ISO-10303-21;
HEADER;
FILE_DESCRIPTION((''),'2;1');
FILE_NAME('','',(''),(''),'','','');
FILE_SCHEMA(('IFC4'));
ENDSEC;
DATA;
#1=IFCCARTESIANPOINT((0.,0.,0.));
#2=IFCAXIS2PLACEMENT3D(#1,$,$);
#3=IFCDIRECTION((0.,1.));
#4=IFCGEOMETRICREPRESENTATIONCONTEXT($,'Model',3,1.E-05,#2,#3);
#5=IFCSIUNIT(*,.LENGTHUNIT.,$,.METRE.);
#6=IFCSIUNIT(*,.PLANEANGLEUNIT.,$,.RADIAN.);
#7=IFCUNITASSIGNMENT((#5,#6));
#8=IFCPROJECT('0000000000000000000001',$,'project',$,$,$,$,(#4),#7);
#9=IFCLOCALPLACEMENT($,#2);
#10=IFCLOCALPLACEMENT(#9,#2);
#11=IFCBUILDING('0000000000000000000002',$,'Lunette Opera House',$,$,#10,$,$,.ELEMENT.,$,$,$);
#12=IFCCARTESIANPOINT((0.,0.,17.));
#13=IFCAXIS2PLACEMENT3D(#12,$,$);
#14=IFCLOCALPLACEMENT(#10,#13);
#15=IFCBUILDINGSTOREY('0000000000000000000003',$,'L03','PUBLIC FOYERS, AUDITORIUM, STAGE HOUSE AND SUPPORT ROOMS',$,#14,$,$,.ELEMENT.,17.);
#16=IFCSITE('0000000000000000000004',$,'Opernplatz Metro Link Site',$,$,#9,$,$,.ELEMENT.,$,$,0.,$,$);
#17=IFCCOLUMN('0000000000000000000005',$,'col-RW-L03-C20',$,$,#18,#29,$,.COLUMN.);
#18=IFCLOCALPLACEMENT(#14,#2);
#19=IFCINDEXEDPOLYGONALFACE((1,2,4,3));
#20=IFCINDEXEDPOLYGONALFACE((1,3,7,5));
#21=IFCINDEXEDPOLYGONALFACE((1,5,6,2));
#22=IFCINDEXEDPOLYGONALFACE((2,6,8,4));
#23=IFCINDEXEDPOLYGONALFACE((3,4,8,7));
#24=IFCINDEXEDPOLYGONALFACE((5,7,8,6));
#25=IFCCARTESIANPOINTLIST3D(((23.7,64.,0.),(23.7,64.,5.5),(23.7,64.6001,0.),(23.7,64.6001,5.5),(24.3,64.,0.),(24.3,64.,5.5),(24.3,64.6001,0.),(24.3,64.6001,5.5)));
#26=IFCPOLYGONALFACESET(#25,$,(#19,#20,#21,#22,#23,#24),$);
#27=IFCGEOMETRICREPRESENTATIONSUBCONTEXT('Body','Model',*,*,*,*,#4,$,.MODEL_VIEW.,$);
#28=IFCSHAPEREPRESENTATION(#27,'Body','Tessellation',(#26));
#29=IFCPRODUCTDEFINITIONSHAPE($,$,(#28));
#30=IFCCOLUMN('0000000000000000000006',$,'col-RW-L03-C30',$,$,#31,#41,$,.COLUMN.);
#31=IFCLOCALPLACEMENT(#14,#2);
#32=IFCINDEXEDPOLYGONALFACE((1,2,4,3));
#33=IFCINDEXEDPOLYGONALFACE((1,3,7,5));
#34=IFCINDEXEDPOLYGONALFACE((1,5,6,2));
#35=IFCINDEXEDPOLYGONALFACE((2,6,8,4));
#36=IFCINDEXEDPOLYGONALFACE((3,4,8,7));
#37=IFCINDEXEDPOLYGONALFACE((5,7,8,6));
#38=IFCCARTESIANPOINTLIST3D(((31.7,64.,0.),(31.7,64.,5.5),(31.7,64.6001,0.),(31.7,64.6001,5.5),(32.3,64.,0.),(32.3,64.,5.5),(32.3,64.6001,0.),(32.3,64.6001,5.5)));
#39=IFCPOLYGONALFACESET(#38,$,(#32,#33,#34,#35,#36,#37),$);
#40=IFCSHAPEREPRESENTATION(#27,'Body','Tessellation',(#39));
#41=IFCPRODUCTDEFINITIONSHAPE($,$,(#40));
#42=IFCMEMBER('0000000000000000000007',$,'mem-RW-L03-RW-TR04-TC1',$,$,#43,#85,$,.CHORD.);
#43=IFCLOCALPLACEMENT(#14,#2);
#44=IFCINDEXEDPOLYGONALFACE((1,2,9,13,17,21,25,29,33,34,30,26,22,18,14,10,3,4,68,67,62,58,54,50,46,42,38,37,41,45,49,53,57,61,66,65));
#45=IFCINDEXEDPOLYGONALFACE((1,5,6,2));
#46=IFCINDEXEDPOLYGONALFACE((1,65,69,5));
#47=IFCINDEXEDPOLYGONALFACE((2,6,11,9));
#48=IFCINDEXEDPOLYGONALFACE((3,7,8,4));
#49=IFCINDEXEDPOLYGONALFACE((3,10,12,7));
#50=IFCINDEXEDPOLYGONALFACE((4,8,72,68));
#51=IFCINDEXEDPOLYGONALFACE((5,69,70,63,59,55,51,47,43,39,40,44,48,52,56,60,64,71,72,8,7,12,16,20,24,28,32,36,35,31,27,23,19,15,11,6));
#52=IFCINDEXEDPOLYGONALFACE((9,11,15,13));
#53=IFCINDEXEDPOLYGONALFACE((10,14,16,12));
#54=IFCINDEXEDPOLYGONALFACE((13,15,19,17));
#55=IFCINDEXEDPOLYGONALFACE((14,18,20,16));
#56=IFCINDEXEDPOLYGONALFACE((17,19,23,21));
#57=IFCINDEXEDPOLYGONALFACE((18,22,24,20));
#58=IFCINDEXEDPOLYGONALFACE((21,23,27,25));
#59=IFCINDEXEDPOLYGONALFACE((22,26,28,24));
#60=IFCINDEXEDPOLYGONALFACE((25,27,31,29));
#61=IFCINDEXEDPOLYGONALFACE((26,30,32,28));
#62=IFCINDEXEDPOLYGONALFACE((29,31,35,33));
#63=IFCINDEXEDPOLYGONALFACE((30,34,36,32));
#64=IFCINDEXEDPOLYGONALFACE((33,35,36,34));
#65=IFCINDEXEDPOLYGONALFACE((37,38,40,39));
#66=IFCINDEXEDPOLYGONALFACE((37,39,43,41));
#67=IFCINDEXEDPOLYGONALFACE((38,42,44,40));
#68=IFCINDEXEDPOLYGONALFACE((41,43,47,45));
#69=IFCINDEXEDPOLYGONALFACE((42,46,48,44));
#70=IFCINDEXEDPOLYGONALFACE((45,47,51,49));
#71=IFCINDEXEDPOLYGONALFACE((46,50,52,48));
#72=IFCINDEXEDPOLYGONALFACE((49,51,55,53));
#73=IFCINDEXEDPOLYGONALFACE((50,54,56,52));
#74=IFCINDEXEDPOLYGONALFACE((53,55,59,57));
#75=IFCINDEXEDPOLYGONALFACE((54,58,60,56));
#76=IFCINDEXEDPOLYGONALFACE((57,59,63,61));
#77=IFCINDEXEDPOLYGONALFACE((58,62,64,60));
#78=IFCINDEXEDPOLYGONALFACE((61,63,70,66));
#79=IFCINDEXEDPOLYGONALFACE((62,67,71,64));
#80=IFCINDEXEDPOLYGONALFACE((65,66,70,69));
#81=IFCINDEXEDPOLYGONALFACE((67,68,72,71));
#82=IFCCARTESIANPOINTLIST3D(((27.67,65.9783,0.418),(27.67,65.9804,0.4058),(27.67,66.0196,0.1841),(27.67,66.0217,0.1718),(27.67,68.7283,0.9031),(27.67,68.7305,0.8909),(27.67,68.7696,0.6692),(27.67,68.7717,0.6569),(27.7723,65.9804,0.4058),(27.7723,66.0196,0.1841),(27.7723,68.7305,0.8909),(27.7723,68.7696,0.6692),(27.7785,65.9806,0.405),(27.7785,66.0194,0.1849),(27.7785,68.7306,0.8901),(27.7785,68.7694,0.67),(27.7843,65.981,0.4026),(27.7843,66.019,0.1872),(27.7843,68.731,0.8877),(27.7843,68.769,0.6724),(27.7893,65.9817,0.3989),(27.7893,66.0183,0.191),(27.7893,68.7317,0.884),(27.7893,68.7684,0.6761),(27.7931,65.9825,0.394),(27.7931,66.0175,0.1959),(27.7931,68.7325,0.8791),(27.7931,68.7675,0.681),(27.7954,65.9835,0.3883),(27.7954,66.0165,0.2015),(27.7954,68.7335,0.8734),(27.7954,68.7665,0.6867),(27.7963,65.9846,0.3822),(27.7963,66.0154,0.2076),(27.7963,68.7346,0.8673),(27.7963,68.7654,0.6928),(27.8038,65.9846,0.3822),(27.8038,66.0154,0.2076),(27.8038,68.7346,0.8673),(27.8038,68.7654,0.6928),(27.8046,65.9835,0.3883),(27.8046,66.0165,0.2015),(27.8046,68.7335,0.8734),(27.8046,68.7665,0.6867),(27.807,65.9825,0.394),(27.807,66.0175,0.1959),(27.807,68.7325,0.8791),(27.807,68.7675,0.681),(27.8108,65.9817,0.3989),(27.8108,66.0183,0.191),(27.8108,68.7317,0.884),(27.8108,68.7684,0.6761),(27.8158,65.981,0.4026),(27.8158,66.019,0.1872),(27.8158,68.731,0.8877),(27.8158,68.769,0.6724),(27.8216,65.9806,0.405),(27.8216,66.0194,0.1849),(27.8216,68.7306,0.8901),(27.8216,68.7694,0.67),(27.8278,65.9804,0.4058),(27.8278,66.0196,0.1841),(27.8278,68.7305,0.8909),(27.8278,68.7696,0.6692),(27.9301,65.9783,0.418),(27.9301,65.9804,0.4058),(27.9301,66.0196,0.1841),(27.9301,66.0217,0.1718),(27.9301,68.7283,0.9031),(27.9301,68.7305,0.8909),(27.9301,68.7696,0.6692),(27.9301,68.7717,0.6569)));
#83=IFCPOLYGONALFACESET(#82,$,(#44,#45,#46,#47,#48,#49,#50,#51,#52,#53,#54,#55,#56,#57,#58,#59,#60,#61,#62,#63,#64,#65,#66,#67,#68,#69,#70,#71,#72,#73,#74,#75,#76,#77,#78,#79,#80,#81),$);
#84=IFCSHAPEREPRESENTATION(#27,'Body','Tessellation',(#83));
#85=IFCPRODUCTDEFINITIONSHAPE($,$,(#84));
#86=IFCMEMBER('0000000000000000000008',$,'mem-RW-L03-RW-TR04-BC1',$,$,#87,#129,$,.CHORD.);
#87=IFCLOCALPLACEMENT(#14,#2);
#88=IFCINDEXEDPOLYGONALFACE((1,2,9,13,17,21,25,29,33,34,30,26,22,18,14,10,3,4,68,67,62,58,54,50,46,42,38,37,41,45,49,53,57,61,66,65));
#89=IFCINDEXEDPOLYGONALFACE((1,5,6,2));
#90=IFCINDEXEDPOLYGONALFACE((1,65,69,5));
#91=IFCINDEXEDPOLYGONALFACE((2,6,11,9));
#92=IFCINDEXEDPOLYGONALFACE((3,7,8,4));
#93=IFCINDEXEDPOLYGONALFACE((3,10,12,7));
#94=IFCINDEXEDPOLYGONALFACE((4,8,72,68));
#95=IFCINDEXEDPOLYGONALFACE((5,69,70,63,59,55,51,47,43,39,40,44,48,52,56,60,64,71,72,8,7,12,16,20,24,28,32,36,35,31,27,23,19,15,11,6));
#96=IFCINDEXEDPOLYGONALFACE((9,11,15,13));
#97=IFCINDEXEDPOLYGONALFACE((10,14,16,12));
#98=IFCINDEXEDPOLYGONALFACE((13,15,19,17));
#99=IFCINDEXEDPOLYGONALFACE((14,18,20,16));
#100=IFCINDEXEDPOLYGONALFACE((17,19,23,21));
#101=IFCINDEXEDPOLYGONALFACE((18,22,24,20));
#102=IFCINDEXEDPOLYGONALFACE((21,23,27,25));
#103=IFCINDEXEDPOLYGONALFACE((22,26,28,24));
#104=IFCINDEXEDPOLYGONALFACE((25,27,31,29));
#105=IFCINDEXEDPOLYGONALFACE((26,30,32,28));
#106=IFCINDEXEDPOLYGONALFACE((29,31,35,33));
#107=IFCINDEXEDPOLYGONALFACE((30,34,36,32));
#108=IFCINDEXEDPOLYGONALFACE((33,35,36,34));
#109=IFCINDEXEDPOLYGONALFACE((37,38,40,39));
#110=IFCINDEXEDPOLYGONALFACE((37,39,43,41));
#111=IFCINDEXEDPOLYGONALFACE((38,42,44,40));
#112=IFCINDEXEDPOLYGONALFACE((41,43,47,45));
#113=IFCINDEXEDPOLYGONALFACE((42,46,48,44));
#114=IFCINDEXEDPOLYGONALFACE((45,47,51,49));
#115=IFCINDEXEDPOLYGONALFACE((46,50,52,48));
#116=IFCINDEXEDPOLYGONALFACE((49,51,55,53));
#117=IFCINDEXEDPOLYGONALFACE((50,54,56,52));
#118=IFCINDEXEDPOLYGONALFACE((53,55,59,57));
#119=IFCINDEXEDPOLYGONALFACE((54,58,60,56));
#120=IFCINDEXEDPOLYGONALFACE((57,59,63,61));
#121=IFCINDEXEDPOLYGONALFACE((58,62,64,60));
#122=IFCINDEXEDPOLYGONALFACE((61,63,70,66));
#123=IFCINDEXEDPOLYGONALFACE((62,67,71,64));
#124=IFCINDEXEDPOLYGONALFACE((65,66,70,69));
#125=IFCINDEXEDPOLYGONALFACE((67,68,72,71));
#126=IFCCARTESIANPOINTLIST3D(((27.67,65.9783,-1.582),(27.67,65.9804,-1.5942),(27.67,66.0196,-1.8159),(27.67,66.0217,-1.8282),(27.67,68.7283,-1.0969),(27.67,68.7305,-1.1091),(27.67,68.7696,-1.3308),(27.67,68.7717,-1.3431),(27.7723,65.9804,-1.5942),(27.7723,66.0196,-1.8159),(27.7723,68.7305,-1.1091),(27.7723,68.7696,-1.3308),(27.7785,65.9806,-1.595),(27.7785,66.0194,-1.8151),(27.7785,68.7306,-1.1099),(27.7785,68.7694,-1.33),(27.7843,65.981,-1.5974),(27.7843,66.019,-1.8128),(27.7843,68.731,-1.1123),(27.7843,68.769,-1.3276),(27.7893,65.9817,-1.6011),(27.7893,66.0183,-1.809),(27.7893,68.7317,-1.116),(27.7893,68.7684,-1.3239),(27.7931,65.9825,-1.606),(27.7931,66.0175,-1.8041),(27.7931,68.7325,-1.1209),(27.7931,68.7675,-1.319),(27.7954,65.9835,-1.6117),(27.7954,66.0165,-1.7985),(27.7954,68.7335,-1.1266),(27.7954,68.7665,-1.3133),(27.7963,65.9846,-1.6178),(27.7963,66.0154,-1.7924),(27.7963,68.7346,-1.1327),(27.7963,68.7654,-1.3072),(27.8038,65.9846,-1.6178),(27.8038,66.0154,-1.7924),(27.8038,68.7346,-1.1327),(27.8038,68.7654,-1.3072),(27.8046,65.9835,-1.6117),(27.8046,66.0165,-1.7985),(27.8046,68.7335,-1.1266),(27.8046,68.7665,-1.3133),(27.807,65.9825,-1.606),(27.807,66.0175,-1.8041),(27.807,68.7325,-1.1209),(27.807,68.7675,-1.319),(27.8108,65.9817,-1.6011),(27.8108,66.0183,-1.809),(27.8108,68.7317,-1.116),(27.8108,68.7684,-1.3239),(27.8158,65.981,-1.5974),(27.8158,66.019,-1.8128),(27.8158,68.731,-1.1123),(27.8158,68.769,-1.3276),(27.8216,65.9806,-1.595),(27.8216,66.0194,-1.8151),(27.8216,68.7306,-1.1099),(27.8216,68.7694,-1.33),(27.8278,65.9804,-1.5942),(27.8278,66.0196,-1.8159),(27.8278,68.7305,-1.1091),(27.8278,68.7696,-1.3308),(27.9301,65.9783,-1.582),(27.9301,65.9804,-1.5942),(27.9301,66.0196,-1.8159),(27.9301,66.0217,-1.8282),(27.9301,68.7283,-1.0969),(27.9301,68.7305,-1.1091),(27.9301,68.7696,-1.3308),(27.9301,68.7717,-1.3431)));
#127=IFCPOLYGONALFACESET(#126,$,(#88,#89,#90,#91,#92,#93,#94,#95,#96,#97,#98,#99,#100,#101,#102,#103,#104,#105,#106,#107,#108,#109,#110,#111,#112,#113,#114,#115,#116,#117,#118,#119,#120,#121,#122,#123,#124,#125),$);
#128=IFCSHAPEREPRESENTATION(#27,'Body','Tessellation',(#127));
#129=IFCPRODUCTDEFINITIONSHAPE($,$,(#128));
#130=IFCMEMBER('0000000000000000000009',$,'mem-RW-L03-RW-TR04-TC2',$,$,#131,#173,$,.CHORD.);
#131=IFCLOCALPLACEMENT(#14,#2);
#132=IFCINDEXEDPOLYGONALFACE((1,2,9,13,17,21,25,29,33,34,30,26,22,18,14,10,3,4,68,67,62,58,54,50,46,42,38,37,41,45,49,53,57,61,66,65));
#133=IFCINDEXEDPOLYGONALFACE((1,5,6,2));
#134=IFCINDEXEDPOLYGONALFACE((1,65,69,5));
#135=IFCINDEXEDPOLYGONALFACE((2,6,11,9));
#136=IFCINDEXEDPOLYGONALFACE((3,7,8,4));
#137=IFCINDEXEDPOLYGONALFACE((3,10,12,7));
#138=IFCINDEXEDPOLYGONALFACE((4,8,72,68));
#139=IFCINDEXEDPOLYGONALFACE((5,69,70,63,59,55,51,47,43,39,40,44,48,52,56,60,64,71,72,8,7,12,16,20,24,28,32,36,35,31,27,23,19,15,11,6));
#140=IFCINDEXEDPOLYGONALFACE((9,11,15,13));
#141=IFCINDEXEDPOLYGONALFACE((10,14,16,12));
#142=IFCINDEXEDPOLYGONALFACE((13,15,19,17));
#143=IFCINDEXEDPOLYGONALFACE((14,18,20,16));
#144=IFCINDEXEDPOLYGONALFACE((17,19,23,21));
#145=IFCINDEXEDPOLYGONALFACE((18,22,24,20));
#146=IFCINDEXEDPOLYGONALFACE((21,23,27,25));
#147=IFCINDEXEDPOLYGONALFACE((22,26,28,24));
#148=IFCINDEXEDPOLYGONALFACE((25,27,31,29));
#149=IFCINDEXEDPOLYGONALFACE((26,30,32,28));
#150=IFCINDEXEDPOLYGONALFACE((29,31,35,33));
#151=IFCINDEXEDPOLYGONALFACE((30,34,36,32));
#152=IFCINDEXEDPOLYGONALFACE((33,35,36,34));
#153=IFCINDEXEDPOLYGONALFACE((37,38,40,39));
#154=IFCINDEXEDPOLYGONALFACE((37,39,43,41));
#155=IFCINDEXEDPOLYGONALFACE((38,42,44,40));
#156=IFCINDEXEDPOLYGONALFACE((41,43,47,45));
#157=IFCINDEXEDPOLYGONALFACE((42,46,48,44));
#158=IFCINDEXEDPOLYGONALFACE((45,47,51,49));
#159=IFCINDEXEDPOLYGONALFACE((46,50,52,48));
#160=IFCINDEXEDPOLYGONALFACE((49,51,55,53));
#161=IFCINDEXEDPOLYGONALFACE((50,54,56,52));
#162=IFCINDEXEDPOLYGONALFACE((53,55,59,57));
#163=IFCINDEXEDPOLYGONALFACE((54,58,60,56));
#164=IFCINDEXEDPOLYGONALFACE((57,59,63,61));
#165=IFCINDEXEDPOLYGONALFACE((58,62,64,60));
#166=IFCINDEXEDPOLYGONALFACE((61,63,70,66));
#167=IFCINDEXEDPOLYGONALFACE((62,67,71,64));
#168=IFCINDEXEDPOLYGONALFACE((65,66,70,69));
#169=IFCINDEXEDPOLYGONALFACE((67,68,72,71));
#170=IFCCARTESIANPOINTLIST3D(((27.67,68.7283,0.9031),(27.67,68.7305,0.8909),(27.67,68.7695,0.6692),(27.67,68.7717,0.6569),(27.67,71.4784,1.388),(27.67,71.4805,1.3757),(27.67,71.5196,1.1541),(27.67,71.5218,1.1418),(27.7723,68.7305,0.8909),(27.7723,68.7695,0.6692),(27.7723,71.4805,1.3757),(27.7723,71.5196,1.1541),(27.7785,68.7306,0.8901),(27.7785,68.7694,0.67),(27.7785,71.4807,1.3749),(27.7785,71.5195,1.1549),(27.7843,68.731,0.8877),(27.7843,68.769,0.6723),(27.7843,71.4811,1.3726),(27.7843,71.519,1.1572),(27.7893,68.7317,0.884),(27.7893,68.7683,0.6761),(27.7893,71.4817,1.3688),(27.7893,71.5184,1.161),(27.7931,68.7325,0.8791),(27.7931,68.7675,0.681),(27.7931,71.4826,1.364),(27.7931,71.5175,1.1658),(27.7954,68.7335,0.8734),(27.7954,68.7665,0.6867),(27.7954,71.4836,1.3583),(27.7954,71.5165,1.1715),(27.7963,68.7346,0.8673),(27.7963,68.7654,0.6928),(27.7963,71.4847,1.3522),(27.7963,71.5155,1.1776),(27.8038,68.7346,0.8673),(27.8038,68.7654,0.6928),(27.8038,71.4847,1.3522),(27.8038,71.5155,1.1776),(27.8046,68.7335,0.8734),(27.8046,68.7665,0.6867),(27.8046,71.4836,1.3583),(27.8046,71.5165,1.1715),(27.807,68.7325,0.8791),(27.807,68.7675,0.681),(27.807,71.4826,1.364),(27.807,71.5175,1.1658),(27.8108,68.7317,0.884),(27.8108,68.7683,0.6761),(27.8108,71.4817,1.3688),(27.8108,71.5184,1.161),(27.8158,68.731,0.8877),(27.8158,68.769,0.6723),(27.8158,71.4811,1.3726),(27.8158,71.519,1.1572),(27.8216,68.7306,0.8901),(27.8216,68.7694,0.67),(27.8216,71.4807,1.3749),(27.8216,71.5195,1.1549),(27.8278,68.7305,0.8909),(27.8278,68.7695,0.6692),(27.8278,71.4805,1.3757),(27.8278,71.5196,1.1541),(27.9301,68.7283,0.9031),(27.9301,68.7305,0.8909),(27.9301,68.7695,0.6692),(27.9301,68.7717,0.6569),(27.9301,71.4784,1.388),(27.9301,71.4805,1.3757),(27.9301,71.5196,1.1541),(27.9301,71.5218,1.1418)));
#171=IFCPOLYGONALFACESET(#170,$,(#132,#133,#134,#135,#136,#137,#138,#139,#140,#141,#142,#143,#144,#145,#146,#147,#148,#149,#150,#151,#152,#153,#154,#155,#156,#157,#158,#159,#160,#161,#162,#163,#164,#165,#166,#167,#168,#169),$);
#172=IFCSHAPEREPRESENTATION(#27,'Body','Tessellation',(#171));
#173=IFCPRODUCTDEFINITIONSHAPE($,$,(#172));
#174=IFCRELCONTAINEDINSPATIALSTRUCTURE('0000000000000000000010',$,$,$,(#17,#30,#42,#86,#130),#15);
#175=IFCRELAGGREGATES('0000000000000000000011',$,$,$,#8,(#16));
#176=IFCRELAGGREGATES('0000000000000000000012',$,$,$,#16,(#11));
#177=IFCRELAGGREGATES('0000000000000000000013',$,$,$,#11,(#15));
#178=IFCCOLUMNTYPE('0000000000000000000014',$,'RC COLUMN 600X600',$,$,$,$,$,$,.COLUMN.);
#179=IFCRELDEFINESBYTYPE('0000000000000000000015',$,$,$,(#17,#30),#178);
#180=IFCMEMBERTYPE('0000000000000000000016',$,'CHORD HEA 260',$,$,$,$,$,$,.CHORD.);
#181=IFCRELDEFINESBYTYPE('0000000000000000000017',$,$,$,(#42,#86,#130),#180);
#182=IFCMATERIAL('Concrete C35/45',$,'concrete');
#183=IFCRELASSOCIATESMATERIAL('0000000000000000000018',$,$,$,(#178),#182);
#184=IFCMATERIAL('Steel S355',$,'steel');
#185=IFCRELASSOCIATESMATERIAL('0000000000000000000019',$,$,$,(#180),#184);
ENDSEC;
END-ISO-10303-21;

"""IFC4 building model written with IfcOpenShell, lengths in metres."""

from ifc_helpers import new_model, si_unit, direction, frame, origin, origin_2d, place, context, subcontext, project, spatial, rectangle, i_section, extrude, material, material_profile, profile_set, type_object, element, save


model = new_model("IFC4")

# Units and contexts
model_context = context("Model", 3, precision=1e-05, world=origin(), true_north=direction((0.0, 1.0)))
body_context = subcontext(model_context, "Body", "Model", "MODEL_VIEW")
ifc_project = project(units=[si_unit("LENGTHUNIT", "METRE"), si_unit("PLANEANGLEUNIT", "RADIAN")], contexts=[model_context])

# Site, building, storey
site_placement = place(None, origin())
site = spatial("IfcSite", under=ifc_project, at=site_placement, Name="Opernplatz Metro Link Site", CompositionType="ELEMENT", RefElevation=0.0)
building_placement = place(site_placement, origin())
building = spatial("IfcBuilding", under=site, at=building_placement, Name="Lunette Opera House", CompositionType="ELEMENT")
storey_placement = place(building_placement, frame((0.0, 0.0, 17.0)))
storey = spatial("IfcBuildingStorey", under=building, at=storey_placement, Name="L03", Description="PUBLIC FOYERS, AUDITORIUM, STAGE HOUSE AND SUPPORT ROOMS", CompositionType="ELEMENT", Elevation=17.0)

# Columns
ifc_material_1 = material(Name="Concrete C35/45", Category="concrete")
ifc_material_profile_1 = material_profile(ifc_material_1, rectangle(XDim=0.6001, YDim=0.6001, at=origin_2d()), Name="RC COLUMN 600X600")
ifc_profile_set_1 = profile_set([ifc_material_profile_1], Name="Concrete C35/45")
column_type = type_object("IfcColumnType", Name="RC COLUMN 600X600", PredefinedType="COLUMN", material=ifc_profile_set_1)
for number, where, z_axis, x_axis, name in (
    (1, (24.0, 64.3, 0.0), (0.0, 0.0, 1.0), (1.0, 0.0, 0.0), "col-RW-L03-C20"),
    (2, (32.0, 64.3, 0.0), (0.0, 0.0, 1.0), (1.0, 0.0, 0.0), "col-RW-L03-C30"),
):
    element("IfcColumn", number, at=place(storey_placement, frame(where, z_axis=z_axis, x_axis=x_axis)), inside=storey, type_object=column_type, Name=name, PredefinedType="COLUMN", context=body_context, shape_type="SweptSolid", body=[
        extrude(rectangle(XDim=0.6001, YDim=0.6001, at=origin_2d()), origin(), (0.0, 0.0, 1.0), 5.5),
    ])

# Members
ifc_material_2 = material(Name="Steel S355", Category="steel")
ifc_material_profile_2 = material_profile(ifc_material_2, i_section(OverallWidth=0.26, OverallDepth=0.25, WebThickness=0.0076, FlangeThickness=0.0125, FilletRadius=0.0239, at=origin_2d()), Name="HEA 260")
ifc_profile_set_2 = profile_set([ifc_material_profile_2], Name="Steel S355")
member_type_1 = type_object("IfcMemberType", Name="CHORD HEA 260", PredefinedType="CHORD", material=ifc_profile_set_2)
for number, where, z_axis, x_axis, name in (
    (3, (27.8, 66.0, 0.2949), (0.0, 0.984795, 0.17372), (-1.0, 0.0, 0.0), "mem-RW-L03-RW-TR04-TC1"),
    (4, (27.8, 66.0, -1.7051), (0.0, 0.984795, 0.17372), (-1.0, 0.0, 0.0), "mem-RW-L03-RW-TR04-BC1"),
    (5, (27.8, 68.75, 0.78), (0.0, 0.98481, 0.173636), (-1.0, 0.0, 0.0), "mem-RW-L03-RW-TR04-TC2"),
):
    element("IfcMember", number, at=place(storey_placement, frame(where, z_axis=z_axis, x_axis=x_axis)), inside=storey, type_object=member_type_1, Name=name, PredefinedType="CHORD", context=body_context, shape_type="SweptSolid", body=[
        extrude(i_section(OverallWidth=0.26, OverallDepth=0.25, WebThickness=0.0076, FlangeThickness=0.0125, FilletRadius=0.0239, at=origin_2d()), origin(), (0.0, 0.0, 1.0), 2.7925),
    ])

save(model, "model.ifc")
